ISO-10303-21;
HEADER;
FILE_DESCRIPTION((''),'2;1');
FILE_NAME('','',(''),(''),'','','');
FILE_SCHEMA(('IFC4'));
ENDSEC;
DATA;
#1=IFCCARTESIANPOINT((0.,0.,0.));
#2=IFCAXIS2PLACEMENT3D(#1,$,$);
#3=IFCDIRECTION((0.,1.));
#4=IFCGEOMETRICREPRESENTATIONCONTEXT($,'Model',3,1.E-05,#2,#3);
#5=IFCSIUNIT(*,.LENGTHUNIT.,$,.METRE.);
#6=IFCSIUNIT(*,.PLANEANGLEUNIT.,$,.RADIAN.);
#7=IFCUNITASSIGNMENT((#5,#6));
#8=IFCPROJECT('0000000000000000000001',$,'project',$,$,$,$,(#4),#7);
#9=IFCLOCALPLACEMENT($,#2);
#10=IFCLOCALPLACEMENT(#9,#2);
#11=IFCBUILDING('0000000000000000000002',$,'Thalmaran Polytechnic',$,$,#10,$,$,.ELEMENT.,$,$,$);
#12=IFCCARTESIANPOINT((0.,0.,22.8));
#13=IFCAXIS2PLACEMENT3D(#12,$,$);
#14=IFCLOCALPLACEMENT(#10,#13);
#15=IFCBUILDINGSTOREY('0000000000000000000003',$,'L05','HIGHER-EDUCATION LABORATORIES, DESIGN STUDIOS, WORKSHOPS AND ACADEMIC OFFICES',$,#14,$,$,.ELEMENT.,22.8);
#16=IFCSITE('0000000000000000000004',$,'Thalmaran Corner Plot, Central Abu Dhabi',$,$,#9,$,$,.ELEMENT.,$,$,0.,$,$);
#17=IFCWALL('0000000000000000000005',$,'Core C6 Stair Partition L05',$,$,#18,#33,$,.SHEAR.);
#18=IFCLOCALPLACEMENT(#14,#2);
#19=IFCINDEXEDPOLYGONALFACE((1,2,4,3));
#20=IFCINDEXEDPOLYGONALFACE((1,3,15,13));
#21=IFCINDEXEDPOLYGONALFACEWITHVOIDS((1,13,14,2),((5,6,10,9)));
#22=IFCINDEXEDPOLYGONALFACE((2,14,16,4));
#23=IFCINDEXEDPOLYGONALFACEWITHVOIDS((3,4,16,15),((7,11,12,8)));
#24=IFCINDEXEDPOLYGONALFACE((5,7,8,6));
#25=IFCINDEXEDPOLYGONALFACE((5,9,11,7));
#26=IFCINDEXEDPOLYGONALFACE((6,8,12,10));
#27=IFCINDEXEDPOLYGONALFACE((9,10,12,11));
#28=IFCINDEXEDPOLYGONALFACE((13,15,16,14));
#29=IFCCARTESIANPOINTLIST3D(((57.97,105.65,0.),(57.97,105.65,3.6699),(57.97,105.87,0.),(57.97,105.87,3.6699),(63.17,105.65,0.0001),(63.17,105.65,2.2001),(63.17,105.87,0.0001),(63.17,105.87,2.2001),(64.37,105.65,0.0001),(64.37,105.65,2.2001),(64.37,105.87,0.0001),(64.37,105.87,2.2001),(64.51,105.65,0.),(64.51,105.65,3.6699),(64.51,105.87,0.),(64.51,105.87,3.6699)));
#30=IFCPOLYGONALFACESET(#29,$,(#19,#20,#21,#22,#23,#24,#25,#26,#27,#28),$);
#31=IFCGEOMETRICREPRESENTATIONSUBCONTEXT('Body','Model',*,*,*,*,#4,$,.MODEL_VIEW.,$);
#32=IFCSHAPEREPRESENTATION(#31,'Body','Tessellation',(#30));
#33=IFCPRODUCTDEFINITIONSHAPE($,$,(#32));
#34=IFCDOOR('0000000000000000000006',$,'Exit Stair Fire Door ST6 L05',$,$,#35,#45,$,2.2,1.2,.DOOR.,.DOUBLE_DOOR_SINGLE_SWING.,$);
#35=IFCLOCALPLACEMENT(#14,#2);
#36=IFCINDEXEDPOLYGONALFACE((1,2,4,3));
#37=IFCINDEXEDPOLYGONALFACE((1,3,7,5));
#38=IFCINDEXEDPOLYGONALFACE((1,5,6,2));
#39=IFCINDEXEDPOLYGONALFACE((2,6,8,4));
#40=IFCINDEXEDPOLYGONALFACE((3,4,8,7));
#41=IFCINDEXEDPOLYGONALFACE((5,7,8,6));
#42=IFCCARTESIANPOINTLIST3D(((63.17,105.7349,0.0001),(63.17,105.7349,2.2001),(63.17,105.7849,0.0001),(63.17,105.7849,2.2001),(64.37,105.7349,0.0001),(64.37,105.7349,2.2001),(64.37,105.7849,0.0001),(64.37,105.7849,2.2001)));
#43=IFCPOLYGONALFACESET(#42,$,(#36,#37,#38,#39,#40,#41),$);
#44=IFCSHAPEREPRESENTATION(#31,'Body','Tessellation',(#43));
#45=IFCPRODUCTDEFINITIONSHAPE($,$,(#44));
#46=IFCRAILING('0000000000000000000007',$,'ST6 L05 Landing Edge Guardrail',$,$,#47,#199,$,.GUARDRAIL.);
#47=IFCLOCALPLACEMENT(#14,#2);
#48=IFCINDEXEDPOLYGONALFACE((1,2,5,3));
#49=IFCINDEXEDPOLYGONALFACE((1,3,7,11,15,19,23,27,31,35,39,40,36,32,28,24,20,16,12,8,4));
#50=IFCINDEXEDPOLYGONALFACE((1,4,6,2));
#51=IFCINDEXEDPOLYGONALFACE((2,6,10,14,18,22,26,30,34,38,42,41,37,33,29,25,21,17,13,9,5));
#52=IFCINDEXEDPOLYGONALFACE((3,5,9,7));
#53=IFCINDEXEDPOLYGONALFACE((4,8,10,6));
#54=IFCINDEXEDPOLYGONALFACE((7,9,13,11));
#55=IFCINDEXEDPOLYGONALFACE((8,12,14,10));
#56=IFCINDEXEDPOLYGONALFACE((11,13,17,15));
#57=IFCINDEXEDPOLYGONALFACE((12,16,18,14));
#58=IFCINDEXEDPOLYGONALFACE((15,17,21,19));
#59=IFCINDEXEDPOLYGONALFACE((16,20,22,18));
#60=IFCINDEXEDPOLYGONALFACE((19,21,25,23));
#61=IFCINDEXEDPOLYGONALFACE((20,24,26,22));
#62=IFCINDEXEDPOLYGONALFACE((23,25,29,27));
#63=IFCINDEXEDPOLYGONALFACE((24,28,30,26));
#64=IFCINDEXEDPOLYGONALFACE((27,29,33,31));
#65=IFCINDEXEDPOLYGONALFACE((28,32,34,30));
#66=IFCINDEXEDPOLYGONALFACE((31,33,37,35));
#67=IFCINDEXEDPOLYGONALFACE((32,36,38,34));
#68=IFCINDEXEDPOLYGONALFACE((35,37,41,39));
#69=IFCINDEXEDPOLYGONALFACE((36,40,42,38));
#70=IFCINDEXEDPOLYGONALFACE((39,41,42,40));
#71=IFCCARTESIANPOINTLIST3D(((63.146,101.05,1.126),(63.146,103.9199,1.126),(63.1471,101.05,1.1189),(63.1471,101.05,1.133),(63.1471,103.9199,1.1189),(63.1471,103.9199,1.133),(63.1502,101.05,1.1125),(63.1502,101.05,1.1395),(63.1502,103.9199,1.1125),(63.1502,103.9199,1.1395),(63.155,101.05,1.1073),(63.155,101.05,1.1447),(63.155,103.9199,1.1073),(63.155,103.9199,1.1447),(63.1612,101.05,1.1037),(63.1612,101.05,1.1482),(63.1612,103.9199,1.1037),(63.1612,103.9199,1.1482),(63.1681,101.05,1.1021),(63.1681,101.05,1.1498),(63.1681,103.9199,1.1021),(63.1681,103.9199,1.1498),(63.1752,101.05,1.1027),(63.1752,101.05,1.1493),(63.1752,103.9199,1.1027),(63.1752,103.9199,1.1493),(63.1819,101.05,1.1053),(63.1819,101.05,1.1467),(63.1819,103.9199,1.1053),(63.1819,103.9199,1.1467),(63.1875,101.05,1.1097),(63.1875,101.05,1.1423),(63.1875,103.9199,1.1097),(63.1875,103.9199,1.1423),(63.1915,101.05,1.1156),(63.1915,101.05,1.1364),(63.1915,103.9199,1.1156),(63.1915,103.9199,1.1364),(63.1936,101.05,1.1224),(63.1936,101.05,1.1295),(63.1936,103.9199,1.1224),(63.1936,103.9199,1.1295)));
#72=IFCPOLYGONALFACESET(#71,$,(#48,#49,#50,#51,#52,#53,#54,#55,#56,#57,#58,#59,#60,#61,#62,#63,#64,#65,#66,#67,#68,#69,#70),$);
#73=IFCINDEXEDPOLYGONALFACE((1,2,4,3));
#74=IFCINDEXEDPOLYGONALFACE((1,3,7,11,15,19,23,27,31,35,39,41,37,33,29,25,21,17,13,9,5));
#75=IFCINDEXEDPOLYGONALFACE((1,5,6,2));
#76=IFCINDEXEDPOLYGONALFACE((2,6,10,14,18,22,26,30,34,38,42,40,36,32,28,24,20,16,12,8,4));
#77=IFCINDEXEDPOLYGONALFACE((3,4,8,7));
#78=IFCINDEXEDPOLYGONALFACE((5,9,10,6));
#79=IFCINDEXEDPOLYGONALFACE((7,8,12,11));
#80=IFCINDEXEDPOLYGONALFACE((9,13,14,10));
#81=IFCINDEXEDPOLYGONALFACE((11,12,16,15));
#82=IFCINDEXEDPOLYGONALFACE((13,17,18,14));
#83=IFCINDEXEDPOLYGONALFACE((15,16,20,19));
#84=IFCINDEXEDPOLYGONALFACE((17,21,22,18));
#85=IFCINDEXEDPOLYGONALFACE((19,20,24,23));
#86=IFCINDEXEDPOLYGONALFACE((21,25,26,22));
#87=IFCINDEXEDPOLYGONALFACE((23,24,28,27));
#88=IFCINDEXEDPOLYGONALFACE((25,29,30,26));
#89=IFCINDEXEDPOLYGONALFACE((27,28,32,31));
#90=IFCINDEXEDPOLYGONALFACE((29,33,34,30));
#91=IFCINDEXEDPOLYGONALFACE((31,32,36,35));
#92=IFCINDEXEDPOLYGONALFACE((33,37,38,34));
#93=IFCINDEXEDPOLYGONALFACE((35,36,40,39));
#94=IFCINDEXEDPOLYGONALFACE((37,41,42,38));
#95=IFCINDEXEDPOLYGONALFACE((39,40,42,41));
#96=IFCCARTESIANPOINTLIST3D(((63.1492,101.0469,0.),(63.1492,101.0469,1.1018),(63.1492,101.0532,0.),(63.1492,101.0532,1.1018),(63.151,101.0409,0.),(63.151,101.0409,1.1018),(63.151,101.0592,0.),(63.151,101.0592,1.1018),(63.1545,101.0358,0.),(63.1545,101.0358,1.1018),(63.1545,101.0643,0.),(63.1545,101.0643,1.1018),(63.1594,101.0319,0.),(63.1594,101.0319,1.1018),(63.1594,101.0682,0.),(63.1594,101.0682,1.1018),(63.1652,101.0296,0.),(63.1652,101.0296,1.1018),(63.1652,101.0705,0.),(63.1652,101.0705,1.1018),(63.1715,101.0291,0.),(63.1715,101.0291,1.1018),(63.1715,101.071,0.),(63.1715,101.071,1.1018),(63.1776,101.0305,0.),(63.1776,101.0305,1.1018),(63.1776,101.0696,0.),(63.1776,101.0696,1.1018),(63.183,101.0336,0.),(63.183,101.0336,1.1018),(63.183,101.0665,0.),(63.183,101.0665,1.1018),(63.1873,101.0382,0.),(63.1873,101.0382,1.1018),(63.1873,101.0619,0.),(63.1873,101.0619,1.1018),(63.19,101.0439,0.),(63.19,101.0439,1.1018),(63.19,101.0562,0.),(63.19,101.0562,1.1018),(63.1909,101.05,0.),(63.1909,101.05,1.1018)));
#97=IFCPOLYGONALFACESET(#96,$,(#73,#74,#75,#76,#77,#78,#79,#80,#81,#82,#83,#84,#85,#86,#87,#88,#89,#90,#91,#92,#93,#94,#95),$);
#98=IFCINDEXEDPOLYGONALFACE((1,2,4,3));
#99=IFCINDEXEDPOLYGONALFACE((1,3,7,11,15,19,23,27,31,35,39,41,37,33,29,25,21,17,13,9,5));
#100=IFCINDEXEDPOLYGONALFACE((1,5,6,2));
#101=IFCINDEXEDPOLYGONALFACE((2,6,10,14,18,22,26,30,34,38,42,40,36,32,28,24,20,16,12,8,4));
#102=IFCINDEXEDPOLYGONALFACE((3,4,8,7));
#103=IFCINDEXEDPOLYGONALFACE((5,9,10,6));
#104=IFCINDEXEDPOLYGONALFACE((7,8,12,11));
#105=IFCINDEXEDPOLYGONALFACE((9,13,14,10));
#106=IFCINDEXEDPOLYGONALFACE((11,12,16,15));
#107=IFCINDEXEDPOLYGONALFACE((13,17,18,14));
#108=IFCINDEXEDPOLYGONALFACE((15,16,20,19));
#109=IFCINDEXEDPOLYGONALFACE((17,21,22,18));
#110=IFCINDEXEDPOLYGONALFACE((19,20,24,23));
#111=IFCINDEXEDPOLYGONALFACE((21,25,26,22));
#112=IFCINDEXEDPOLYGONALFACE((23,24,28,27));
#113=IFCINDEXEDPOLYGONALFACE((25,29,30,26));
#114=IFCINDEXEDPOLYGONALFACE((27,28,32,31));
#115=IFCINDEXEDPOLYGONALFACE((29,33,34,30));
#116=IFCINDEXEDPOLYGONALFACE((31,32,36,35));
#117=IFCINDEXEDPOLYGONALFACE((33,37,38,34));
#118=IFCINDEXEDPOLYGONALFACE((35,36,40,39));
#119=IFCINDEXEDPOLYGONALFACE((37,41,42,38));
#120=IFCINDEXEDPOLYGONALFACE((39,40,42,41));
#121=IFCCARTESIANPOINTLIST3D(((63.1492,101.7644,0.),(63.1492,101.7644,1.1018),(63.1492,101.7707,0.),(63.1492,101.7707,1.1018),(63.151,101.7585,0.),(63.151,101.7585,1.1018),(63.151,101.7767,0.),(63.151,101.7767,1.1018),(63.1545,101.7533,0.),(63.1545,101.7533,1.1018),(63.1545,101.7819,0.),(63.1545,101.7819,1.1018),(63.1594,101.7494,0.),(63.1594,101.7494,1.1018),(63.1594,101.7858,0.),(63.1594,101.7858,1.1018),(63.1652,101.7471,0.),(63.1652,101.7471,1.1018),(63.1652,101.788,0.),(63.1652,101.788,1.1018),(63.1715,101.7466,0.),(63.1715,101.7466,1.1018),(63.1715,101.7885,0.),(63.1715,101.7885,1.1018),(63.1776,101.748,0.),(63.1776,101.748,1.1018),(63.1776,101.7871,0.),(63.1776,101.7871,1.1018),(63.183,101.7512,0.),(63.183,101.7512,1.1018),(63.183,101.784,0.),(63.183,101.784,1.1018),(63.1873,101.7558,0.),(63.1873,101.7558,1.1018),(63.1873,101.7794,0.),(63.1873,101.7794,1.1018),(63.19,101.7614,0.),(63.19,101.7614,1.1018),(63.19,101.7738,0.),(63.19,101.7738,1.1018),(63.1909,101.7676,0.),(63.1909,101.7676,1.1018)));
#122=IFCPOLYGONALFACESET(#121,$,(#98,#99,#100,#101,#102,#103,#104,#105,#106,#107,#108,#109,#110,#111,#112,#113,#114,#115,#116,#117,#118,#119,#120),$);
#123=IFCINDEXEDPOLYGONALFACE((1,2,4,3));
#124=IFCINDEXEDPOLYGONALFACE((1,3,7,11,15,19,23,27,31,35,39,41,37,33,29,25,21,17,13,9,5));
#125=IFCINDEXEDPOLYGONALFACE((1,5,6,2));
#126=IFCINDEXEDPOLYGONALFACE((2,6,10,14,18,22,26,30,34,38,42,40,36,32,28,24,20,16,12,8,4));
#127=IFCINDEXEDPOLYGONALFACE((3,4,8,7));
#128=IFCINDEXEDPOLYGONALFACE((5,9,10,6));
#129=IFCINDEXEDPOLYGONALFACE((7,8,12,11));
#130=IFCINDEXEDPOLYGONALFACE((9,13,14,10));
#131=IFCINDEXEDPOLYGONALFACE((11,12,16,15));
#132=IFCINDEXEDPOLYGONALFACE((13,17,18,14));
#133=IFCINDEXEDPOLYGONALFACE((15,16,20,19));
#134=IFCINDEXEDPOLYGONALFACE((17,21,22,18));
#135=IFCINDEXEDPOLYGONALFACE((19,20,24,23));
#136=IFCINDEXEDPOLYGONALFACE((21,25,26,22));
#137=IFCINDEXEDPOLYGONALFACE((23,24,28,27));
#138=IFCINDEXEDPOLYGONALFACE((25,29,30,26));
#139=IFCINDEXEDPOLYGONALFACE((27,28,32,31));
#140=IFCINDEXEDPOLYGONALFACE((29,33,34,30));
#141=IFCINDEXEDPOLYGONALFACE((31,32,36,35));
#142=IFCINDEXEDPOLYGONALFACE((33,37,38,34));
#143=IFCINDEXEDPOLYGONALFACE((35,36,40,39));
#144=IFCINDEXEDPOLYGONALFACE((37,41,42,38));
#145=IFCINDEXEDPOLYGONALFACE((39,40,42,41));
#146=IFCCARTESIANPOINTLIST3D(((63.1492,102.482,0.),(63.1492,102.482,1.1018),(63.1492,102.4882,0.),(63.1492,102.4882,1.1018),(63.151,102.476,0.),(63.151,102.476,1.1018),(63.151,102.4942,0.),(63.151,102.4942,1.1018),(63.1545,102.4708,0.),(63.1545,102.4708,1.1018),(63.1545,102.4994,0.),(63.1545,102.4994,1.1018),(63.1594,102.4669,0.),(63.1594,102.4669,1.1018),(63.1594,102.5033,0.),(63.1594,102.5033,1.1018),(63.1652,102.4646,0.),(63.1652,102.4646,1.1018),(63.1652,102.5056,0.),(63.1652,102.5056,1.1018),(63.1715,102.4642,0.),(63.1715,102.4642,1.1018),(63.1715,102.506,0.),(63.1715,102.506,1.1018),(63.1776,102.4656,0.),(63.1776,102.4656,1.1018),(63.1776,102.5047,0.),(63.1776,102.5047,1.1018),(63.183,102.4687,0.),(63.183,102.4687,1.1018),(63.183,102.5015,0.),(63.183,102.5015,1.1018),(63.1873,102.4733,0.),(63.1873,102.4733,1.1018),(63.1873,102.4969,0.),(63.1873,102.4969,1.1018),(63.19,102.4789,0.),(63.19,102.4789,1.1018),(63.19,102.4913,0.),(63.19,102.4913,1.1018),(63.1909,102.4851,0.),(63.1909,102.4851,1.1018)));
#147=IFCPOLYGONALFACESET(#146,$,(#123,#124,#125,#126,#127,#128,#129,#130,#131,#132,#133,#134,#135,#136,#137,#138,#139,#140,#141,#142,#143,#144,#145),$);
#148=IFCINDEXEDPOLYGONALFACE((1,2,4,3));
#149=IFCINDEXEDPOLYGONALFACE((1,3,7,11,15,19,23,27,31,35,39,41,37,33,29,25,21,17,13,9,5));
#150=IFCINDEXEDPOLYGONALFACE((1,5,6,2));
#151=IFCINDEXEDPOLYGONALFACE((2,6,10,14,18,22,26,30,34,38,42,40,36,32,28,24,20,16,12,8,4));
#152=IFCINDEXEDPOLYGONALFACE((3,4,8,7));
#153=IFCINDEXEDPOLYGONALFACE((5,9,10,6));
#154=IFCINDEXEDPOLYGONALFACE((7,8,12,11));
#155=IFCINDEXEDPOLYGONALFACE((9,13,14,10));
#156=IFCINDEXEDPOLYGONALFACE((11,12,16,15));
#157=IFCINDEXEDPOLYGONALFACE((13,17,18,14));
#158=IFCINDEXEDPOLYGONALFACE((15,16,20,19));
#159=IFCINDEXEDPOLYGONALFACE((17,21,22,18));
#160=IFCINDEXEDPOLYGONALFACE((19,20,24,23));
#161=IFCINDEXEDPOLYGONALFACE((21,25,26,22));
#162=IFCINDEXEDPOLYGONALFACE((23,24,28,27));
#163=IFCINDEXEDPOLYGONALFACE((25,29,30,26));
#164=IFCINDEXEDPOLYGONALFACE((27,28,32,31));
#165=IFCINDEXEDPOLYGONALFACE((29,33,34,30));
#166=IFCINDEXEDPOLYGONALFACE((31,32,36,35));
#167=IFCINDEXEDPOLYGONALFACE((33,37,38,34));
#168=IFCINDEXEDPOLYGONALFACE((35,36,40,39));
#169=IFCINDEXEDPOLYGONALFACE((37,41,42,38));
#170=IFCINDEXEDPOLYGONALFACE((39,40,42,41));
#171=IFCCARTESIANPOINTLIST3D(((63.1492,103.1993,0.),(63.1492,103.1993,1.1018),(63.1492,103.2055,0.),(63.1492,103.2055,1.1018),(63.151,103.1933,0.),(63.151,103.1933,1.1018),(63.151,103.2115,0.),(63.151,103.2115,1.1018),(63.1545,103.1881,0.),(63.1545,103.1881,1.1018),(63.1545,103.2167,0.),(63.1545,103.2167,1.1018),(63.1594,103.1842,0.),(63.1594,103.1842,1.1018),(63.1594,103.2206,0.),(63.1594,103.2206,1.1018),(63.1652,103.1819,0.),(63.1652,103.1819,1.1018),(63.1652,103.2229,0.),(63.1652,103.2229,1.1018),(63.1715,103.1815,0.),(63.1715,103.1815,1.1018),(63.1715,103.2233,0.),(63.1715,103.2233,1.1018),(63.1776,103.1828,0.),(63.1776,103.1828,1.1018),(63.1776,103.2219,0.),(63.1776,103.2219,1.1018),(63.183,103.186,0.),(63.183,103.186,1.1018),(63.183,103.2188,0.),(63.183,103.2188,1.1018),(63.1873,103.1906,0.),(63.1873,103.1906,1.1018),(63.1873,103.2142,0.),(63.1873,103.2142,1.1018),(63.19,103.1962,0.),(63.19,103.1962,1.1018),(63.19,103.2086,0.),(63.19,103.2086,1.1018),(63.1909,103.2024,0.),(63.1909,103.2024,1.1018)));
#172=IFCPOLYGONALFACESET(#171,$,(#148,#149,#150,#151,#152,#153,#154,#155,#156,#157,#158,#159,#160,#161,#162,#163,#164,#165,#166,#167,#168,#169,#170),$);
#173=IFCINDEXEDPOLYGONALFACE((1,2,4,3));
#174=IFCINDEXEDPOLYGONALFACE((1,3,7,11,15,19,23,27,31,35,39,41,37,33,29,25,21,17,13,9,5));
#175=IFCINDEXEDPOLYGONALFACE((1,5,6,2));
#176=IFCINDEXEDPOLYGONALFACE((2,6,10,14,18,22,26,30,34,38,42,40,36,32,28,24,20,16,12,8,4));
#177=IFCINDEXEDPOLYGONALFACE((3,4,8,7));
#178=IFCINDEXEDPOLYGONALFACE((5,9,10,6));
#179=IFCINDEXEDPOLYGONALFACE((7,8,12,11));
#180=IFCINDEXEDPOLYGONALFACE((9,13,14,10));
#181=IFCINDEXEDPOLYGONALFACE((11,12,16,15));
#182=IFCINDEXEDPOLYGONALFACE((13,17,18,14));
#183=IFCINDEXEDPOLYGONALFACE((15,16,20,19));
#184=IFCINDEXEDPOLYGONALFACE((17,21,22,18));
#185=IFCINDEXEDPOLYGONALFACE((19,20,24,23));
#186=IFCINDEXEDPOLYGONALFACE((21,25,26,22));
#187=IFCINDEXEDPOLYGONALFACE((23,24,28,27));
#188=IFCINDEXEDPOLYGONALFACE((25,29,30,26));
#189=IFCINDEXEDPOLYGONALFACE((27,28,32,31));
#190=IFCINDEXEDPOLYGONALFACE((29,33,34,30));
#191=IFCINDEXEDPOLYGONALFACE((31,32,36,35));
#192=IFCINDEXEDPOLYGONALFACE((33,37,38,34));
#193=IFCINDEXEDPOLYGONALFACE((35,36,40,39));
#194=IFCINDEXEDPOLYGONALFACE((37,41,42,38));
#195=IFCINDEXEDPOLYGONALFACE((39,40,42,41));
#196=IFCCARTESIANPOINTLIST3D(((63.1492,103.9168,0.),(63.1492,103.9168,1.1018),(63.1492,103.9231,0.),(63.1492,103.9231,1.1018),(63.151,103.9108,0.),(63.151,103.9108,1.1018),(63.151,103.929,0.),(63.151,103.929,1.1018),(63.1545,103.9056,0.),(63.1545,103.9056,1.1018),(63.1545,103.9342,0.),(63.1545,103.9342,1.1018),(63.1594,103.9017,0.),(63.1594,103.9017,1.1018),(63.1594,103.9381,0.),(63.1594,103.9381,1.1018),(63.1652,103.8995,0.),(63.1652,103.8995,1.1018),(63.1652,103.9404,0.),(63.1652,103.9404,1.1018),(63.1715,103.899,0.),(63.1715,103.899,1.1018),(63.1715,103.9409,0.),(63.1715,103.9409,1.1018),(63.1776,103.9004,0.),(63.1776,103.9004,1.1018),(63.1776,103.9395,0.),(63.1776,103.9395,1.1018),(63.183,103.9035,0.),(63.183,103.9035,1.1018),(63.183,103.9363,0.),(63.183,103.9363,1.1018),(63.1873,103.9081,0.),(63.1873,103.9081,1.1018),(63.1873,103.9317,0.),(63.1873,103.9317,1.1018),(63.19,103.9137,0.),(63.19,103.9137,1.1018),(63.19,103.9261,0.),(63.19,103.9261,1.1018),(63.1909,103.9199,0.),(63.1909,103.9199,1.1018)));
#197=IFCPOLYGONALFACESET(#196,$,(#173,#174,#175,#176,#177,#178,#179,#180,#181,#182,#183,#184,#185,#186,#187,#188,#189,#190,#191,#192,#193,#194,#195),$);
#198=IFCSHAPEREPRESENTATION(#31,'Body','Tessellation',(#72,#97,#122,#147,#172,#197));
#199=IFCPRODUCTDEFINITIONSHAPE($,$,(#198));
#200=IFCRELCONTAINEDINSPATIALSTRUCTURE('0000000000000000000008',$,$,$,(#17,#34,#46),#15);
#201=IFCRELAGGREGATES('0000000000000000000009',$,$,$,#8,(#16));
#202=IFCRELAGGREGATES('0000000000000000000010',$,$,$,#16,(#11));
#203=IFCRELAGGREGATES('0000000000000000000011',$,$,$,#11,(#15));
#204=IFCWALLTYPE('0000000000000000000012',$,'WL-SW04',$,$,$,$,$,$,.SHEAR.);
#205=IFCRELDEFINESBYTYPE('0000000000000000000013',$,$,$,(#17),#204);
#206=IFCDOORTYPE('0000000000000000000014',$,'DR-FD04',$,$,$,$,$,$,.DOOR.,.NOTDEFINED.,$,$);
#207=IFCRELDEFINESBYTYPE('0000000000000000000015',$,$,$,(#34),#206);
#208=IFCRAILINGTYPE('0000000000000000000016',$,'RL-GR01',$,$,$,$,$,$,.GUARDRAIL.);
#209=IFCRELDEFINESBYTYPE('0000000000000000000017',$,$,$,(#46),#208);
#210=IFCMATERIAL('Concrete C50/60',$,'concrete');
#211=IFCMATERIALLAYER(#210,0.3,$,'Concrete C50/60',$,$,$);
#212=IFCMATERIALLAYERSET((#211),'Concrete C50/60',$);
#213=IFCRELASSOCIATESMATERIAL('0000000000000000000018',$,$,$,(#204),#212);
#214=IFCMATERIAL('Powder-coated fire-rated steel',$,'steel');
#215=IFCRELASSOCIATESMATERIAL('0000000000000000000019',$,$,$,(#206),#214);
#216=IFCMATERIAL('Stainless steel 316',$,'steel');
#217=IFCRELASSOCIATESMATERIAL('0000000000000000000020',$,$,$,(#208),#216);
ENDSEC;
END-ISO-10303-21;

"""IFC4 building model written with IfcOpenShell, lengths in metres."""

from ifc_helpers import new_model, si_unit, direction, frame, frame_2d, origin, origin_2d, place, context, subcontext, project, spatial, rectangle, circle, extrude, material, layer, layer_set, type_object, element, fill, save


model = new_model("IFC4")

# Units and contexts
model_context = context("Model", 3, precision=1e-05, world=origin(), true_north=direction((0.0, 1.0)))
body_context = subcontext(model_context, "Body", "Model", "MODEL_VIEW")
ifc_project = project(units=[si_unit("LENGTHUNIT", "METRE"), si_unit("PLANEANGLEUNIT", "RADIAN")], contexts=[model_context])

# Site, building, storey
site_placement = place(None, origin())
site = spatial("IfcSite", under=ifc_project, at=site_placement, Name="Thalmaran Corner Plot, Central Abu Dhabi", CompositionType="ELEMENT", RefElevation=0.0)
building_placement = place(site_placement, origin())
building = spatial("IfcBuilding", under=site, at=building_placement, Name="Thalmaran Polytechnic", CompositionType="ELEMENT")
storey_placement = place(building_placement, frame((0.0, 0.0, 22.8)))
storey = spatial("IfcBuildingStorey", under=building, at=storey_placement, Name="L05", Description="HIGHER-EDUCATION LABORATORIES, DESIGN STUDIOS, WORKSHOPS AND ACADEMIC OFFICES", CompositionType="ELEMENT", Elevation=22.8)

# Wall, opening, door
ifc_material_1 = material(Name="Concrete C50/60", Category="concrete")
ifc_layer_1 = layer(ifc_material_1, 0.3, Name="Concrete C50/60")
ifc_layer_set_1 = layer_set([ifc_layer_1], Name="Concrete C50/60")
wall_type_1 = type_object("IfcWallType", Name="WL-SW04", PredefinedType="SHEAR", material=ifc_layer_set_1)
wall_1_placement = place(storey_placement, frame((57.97, 105.76, 0.0), z_axis=(0.0, 0.0, 1.0), x_axis=(1.0, 0.0, 0.0)))
wall_1 = element("IfcWall", 1, at=wall_1_placement, inside=storey, type_object=wall_type_1, Name="Core C6 Stair Partition L05", PredefinedType="SHEAR", context=body_context, shape_type="SweptSolid", body=[
    extrude(rectangle(XDim=6.54, YDim=0.22, at=frame_2d((3.27, 0.0))), origin(), (0.0, 0.0, 1.0), 3.6699),
])
opening_1_placement = place(wall_1_placement, frame((5.2, 0.0, 0.0)))
opening_1 = element("IfcOpeningElement", 2, at=opening_1_placement, cuts=wall_1, PredefinedType="OPENING", context=body_context, shape_type="SweptSolid", body=[
    extrude(rectangle(XDim=1.2, YDim=2.2, at=frame_2d((0.6001, 1.1001))), frame((0.0, 0.1199, 0.0), z_axis=(0.0, -1.0, 0.0), x_axis=(1.0, 0.0, 0.0)), (0.0, 0.0, 1.0), 0.24),
])
ifc_material_2 = material(Name="Powder-coated fire-rated steel", Category="steel")
door_type = type_object("IfcDoorType", Name="DR-FD04", OperationType="NOTDEFINED", PredefinedType="DOOR", material=ifc_material_2)
door_placement = place(opening_1_placement, origin())
door = element("IfcDoor", 3, at=door_placement, inside=storey, type_object=door_type, Name="Exit Stair Fire Door ST6 L05", OperationType="DOUBLE_DOOR_SINGLE_SWING", OverallHeight=2.2, OverallWidth=1.2, PredefinedType="DOOR", context=body_context, shape_type="SweptSolid", body=[
    extrude(rectangle(XDim=1.2, YDim=2.2, at=frame_2d((0.6001, 1.1001))), frame((0.0, 0.0249, 0.0), z_axis=(0.0, -1.0, 0.0), x_axis=(1.0, 0.0, 0.0)), (0.0, 0.0, 1.0), 0.05),
])
fill(opening_1, door)

# Railing
ifc_material_3 = material(Name="Stainless steel 316", Category="steel")
railing_type = type_object("IfcRailingType", Name="RL-GR01", PredefinedType="GUARDRAIL", material=ifc_material_3)
railing_placement = place(storey_placement, frame((63.1699, 101.05, 0.0)))
element("IfcRailing", 4, at=railing_placement, inside=storey, type_object=railing_type, Name="ST6 L05 Landing Edge Guardrail", PredefinedType="GUARDRAIL", context=body_context, shape_type="SweptSolid", body=[
    extrude(circle(Radius=0.0239, at=origin_2d()), frame((0.0, 0.0, 1.126), z_axis=(0.0, 1.0, 0.0), x_axis=(-1.0, 0.0, 0.0)), (0.0, 0.0, 1.0), 2.8699),
    extrude(circle(Radius=0.021, at=origin_2d()), origin(), (0.0, 0.0, 1.0), 1.1018),
    extrude(circle(Radius=0.021, at=origin_2d()), frame((0.0, 0.7175, 0.0)), (0.0, 0.0, 1.0), 1.1018),
    extrude(circle(Radius=0.021, at=origin_2d()), frame((0.0, 1.4351, 0.0)), (0.0, 0.0, 1.0), 1.1018),
    extrude(circle(Radius=0.021, at=origin_2d()), frame((0.0, 2.1523, 0.0)), (0.0, 0.0, 1.0), 1.1018),
    extrude(circle(Radius=0.021, at=origin_2d()), frame((0.0, 2.8699, 0.0)), (0.0, 0.0, 1.0), 1.1018),
])

save(model, "model.ifc")
